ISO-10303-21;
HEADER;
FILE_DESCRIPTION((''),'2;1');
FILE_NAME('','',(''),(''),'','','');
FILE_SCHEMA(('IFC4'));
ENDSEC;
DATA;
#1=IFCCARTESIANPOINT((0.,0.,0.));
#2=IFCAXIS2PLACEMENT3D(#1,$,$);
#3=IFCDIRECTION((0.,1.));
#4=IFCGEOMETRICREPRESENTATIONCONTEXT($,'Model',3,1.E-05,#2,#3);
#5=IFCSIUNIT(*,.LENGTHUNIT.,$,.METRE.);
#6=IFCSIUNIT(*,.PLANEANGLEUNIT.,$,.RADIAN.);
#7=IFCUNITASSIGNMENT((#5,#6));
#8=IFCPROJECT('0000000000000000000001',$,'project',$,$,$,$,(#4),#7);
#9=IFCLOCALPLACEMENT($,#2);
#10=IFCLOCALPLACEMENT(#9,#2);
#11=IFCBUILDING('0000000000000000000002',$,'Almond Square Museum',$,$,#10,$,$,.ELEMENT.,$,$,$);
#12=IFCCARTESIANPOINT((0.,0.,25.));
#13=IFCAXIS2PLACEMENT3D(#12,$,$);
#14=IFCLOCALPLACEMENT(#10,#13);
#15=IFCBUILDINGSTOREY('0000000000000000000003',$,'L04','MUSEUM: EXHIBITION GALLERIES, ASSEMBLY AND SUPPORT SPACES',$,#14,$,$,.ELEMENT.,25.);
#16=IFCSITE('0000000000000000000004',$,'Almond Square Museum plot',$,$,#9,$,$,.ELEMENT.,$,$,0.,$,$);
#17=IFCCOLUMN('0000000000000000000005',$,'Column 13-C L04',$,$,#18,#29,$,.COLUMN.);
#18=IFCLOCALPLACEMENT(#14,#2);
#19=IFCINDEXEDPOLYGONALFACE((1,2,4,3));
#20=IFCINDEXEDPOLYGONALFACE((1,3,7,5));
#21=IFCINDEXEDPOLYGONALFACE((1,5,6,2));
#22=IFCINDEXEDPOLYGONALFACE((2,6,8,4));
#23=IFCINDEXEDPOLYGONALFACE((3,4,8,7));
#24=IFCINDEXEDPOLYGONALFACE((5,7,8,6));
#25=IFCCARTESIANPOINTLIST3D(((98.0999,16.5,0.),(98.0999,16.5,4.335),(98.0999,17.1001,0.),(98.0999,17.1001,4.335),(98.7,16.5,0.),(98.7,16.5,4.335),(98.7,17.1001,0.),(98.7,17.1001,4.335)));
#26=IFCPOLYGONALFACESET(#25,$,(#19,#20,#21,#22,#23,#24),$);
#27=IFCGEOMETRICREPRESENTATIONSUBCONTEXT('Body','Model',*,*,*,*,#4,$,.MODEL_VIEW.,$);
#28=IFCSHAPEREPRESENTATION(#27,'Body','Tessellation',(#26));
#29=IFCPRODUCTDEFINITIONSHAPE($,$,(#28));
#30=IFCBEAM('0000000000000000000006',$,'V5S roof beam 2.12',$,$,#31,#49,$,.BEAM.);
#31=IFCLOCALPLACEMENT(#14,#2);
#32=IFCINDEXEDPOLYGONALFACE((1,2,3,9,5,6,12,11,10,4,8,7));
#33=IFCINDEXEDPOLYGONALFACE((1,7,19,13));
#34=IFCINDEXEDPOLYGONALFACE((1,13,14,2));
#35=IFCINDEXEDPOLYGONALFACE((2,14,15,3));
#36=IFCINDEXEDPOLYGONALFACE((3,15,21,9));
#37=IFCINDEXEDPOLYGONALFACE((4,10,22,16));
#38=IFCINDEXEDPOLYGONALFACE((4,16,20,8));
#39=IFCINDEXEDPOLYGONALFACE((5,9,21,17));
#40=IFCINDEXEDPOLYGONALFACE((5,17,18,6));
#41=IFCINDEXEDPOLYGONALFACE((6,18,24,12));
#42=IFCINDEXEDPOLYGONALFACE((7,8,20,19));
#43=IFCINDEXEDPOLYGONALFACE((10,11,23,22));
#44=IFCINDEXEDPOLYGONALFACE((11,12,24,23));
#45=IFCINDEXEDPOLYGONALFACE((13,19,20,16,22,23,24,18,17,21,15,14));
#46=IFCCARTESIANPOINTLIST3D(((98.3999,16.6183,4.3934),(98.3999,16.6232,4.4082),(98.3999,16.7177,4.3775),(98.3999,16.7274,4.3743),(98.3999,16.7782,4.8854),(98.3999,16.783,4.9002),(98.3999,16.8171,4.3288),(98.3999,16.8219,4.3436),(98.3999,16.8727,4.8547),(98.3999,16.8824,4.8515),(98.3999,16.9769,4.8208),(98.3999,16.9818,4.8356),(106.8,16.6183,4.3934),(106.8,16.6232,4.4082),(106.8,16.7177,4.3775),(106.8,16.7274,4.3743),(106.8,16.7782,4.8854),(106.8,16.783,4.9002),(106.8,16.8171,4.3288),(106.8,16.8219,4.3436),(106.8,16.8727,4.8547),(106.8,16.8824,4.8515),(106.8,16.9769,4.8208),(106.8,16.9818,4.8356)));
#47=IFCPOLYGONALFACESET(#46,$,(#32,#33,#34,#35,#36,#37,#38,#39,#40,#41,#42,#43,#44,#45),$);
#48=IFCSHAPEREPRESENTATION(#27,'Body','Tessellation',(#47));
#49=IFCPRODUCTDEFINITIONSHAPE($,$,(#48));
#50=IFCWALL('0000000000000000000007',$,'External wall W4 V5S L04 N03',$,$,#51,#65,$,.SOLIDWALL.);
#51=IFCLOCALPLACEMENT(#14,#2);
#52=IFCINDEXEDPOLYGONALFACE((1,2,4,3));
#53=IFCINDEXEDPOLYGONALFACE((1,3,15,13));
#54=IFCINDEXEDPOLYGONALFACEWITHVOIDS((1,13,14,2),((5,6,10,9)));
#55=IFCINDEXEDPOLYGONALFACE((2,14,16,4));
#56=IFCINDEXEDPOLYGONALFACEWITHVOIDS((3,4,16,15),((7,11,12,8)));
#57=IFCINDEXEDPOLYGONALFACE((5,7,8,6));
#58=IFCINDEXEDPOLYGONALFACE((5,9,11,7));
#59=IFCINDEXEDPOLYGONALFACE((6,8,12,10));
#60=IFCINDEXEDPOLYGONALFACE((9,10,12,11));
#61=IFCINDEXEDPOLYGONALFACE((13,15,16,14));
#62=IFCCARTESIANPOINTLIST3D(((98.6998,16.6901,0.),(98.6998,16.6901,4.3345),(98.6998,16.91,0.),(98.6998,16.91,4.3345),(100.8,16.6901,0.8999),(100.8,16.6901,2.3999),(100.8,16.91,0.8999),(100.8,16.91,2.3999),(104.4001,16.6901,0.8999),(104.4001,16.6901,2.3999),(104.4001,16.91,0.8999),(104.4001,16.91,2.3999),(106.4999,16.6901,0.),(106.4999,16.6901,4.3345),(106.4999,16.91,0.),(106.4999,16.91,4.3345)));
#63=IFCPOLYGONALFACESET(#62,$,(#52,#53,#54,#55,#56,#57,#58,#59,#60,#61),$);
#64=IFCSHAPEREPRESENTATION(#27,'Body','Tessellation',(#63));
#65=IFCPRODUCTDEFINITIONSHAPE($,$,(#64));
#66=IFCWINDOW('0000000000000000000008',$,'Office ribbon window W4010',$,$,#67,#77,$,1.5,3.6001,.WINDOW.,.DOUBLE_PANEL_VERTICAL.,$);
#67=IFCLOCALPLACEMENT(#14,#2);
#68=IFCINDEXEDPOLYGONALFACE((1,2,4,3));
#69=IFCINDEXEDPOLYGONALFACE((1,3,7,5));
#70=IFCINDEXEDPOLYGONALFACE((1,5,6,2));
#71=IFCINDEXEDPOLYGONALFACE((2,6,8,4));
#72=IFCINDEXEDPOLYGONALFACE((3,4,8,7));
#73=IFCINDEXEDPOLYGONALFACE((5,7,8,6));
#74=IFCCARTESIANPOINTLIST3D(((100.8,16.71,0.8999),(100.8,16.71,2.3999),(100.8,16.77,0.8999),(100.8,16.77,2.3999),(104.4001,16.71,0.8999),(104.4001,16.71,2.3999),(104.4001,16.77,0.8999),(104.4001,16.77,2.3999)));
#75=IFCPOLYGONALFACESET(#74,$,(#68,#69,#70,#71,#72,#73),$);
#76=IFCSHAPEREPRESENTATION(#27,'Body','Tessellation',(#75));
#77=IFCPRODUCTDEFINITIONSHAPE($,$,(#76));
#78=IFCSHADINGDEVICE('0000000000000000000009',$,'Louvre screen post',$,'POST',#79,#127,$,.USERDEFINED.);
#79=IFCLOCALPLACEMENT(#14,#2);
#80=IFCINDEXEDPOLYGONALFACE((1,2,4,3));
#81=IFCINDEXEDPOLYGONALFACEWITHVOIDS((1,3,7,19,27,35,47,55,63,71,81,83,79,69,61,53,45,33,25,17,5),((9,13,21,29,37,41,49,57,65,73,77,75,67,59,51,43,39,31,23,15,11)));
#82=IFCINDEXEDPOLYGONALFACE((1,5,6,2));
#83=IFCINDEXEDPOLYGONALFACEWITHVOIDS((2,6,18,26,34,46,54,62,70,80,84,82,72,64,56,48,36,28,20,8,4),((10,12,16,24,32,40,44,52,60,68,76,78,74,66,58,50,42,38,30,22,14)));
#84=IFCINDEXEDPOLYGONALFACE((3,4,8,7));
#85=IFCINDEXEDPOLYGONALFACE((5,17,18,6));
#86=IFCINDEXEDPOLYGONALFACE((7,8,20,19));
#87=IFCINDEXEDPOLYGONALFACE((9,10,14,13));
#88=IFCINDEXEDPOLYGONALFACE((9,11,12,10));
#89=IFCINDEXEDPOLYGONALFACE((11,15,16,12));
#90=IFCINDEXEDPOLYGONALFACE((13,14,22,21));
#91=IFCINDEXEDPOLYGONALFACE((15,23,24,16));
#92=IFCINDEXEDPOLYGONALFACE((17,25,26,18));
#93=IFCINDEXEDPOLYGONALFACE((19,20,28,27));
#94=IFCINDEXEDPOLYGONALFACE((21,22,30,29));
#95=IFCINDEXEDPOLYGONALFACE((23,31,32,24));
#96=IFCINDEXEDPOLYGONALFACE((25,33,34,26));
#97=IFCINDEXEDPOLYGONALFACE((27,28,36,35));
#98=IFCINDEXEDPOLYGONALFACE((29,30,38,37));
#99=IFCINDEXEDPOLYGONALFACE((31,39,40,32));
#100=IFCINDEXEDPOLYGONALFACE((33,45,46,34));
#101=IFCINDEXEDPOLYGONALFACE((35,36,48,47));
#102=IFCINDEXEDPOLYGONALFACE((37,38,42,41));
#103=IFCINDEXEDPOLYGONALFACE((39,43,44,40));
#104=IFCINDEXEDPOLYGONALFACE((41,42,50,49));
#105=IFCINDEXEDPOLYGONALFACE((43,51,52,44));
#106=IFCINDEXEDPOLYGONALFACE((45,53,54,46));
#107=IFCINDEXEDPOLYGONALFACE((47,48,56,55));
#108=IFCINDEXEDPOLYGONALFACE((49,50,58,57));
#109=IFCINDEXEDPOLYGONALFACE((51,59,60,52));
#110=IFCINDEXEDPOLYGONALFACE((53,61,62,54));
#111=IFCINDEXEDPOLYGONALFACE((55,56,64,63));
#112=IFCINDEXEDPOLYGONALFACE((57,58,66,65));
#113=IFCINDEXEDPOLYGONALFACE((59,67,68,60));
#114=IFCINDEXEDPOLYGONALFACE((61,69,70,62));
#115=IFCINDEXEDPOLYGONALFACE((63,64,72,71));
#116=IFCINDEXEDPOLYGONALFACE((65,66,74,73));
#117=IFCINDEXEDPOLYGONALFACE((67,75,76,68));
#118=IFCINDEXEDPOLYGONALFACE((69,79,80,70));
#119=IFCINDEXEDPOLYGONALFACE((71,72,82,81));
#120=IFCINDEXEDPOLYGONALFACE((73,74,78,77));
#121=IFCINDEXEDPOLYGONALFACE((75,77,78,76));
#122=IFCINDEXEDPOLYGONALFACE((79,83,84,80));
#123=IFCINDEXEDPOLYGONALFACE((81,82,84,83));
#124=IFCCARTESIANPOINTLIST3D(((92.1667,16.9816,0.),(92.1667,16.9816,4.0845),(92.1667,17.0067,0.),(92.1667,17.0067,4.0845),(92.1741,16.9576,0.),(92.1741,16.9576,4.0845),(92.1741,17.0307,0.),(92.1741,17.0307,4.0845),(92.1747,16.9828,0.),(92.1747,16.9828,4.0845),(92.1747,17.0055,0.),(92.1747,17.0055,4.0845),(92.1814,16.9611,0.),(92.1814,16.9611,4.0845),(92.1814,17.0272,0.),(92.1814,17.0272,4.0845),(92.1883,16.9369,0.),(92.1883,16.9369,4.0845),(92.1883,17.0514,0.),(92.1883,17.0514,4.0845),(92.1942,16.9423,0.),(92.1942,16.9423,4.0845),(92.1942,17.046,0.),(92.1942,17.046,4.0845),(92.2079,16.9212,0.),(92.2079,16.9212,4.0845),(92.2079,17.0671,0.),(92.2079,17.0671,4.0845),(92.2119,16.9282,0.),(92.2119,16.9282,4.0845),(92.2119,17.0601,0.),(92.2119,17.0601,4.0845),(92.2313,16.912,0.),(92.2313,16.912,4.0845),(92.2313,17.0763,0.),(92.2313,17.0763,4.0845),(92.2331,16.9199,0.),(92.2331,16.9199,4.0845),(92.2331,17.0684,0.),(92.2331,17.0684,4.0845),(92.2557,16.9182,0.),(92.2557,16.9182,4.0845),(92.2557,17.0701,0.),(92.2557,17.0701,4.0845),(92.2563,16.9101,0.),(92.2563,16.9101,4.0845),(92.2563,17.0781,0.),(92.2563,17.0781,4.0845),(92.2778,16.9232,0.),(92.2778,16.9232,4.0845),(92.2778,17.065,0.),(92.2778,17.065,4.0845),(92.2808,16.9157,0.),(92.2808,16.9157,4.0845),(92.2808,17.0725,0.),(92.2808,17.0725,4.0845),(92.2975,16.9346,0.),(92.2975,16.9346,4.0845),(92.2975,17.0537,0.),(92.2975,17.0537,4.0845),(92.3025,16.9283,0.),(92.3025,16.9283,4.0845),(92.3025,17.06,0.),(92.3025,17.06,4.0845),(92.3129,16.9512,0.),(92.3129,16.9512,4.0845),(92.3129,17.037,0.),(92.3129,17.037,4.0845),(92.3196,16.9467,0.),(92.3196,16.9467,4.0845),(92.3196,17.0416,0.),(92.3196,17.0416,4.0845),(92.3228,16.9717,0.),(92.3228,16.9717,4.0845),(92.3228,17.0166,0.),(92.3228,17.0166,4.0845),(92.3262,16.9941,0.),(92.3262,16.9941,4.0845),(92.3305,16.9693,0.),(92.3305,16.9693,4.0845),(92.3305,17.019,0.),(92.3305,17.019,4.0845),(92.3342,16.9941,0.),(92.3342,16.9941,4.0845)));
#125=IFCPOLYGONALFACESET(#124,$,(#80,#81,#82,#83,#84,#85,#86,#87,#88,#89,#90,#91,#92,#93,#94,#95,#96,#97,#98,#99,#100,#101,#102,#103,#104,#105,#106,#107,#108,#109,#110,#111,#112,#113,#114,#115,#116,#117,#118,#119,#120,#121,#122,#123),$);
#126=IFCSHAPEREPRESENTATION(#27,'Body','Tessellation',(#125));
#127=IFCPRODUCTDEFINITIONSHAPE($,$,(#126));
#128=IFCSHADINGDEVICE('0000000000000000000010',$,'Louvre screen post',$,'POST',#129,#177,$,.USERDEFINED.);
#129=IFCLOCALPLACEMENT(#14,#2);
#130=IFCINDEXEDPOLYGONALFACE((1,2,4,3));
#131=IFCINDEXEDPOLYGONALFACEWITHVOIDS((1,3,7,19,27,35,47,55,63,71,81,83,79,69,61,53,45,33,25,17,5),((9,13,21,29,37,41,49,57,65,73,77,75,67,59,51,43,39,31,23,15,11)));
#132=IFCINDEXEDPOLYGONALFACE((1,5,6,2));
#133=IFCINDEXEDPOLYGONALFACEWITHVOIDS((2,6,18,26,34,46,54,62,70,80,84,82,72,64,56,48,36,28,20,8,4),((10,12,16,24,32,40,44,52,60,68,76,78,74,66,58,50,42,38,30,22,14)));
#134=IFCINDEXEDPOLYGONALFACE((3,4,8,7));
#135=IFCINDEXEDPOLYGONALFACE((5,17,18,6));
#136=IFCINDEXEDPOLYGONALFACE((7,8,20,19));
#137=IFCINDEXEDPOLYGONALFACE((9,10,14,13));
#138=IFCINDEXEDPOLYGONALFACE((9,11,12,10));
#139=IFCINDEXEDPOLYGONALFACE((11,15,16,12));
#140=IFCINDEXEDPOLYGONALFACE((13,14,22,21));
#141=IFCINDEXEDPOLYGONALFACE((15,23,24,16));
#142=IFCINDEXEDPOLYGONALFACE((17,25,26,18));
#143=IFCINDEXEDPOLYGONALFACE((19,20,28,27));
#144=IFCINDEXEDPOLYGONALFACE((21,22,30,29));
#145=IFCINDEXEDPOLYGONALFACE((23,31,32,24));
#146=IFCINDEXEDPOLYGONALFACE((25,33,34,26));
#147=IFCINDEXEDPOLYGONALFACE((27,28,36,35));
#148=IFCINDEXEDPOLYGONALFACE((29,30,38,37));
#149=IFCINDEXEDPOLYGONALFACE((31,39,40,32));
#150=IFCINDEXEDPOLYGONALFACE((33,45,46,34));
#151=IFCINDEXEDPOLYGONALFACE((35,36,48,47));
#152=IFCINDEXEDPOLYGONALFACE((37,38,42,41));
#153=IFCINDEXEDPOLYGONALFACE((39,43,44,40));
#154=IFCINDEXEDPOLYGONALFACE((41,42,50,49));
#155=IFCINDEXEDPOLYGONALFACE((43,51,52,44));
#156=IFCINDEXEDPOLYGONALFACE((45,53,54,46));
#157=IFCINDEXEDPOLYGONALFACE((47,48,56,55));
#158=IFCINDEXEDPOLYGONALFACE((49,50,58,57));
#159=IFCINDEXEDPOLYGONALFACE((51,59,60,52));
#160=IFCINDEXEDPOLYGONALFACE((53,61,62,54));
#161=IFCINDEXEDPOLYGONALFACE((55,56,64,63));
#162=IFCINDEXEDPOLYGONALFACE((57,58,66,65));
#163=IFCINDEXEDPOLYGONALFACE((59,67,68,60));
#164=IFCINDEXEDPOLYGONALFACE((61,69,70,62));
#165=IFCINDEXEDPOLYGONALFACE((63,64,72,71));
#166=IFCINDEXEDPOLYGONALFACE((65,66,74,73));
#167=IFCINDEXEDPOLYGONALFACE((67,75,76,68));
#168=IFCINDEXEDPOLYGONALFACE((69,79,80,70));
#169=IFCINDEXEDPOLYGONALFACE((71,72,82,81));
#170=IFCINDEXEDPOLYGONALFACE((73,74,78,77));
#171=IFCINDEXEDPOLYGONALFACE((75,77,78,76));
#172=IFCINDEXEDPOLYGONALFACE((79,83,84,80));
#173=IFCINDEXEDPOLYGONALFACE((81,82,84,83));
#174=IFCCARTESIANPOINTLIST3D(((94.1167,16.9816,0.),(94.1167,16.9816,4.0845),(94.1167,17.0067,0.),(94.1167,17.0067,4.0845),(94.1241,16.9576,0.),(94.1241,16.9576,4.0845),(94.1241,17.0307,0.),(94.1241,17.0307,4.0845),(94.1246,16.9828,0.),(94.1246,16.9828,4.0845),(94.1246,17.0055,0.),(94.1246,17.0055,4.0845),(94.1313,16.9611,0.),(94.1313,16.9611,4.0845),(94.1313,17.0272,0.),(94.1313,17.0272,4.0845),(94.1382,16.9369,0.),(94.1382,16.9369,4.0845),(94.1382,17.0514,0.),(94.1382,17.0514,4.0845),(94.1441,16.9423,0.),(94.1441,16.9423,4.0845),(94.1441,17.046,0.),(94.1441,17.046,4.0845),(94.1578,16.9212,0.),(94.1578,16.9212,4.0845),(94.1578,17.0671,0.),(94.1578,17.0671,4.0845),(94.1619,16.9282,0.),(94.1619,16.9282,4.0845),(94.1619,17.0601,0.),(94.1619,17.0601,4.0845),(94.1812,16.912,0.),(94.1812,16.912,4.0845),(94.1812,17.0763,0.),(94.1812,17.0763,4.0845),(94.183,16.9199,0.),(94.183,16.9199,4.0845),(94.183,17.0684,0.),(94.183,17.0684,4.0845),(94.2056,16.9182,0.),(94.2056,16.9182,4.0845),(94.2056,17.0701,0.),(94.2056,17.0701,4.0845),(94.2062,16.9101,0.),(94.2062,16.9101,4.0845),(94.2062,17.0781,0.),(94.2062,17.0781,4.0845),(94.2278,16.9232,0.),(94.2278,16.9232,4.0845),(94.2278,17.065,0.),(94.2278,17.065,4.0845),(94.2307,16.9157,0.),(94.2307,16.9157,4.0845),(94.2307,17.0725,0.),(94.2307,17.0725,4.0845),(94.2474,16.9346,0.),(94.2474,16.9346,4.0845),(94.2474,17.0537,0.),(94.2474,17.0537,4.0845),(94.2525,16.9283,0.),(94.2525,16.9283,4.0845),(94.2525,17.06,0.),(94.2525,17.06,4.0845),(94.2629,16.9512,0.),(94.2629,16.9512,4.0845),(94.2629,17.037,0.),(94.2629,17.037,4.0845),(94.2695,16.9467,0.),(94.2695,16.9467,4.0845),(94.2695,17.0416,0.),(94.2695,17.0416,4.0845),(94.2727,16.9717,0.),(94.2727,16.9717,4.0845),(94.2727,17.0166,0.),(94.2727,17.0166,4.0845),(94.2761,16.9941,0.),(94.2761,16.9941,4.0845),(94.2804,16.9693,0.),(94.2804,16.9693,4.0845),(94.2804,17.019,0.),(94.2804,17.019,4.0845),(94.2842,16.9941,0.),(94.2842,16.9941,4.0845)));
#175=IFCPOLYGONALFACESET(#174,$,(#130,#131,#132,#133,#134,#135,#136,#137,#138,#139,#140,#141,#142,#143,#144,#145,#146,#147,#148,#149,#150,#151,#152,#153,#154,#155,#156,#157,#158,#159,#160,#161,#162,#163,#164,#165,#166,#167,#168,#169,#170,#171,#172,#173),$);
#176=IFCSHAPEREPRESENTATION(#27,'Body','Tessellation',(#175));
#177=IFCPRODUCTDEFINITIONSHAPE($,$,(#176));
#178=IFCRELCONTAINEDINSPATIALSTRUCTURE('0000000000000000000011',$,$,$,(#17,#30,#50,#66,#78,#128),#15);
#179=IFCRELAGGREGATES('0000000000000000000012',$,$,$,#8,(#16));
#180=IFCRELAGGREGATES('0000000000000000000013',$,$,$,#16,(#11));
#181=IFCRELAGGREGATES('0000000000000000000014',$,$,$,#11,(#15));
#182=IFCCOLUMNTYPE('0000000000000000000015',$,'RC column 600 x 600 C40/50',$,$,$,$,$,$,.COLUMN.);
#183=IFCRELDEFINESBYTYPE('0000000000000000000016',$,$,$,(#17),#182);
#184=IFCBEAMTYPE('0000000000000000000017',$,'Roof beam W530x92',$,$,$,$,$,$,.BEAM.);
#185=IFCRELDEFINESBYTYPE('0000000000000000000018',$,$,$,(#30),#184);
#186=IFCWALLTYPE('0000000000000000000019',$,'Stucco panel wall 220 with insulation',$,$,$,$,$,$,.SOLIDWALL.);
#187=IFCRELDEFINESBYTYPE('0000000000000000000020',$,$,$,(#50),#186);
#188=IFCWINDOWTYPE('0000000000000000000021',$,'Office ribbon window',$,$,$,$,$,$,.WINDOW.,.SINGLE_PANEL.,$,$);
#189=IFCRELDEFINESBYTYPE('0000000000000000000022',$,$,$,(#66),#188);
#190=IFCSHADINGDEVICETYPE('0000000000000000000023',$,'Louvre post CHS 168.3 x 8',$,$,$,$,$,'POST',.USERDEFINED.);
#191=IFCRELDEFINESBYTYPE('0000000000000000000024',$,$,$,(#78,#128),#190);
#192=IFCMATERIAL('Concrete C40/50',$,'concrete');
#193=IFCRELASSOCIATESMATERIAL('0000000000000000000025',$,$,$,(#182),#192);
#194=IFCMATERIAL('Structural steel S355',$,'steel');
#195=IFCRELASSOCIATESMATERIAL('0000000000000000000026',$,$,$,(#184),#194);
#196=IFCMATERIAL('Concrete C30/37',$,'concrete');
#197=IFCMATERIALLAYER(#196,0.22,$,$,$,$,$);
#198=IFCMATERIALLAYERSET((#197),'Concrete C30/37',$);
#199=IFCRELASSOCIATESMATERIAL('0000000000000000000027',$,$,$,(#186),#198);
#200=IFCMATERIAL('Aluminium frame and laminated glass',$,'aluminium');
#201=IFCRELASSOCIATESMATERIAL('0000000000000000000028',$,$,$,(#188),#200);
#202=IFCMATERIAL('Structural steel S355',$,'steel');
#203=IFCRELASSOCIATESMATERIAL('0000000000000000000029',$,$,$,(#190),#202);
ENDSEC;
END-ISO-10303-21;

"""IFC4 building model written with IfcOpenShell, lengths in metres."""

from ifc_helpers import new_model, si_unit, direction, frame, frame_2d, origin, origin_2d, place, context, subcontext, project, spatial, rectangle, hollow_circle, i_section, extrude, material, layer, layer_set, material_profile, profile_set, type_object, element, fill, save


model = new_model("IFC4")

# Units and contexts
model_context = context("Model", 3, precision=1e-05, world=origin(), true_north=direction((0.0, 1.0)))
body_context = subcontext(model_context, "Body", "Model", "MODEL_VIEW")
ifc_project = project(units=[si_unit("LENGTHUNIT", "METRE"), si_unit("PLANEANGLEUNIT", "RADIAN")], contexts=[model_context])

# Site, building, storey
site_placement = place(None, origin())
site = spatial("IfcSite", under=ifc_project, at=site_placement, Name="Almond Square Museum plot", CompositionType="ELEMENT", RefElevation=0.0)
building_placement = place(site_placement, origin())
building = spatial("IfcBuilding", under=site, at=building_placement, Name="Almond Square Museum", CompositionType="ELEMENT")
storey_placement = place(building_placement, frame((0.0, 0.0, 25.0)))
storey = spatial("IfcBuildingStorey", under=building, at=storey_placement, Name="L04", Description="MUSEUM: EXHIBITION GALLERIES, ASSEMBLY AND SUPPORT SPACES", CompositionType="ELEMENT", Elevation=25.0)

# Column
ifc_material_1 = material(Name="Concrete C40/50", Category="concrete")
ifc_material_profile_1 = material_profile(ifc_material_1, rectangle(XDim=0.6001, YDim=0.6001, at=origin_2d()))
ifc_profile_set_1 = profile_set([ifc_material_profile_1], Name="Concrete C40/50")
column_type = type_object("IfcColumnType", Name="RC column 600 x 600 C40/50", PredefinedType="COLUMN", material=ifc_profile_set_1)
column_placement = place(storey_placement, frame((98.3999, 16.8, 0.0), z_axis=(0.0, 0.0, 1.0), x_axis=(1.0, 0.0, 0.0)))
element("IfcColumn", 1, at=column_placement, inside=storey, type_object=column_type, Name="Column 13-C L04", PredefinedType="COLUMN", context=body_context, shape_type="SweptSolid", body=[
    extrude(rectangle(XDim=0.6001, YDim=0.6001, at=origin_2d()), origin(), (0.0, 0.0, 1.0), 4.335),
])

# Beam
ifc_material_2 = material(Name="Structural steel S355", Category="steel")
ifc_material_profile_2 = material_profile(ifc_material_2, i_section(OverallWidth=0.209, OverallDepth=0.533, WebThickness=0.0103, FlangeThickness=0.0156, at=origin_2d()))
ifc_profile_set_2 = profile_set([ifc_material_profile_2], Name="Structural steel S355")
beam_type = type_object("IfcBeamType", Name="Roof beam W530x92", PredefinedType="BEAM", material=ifc_profile_set_2)
beam_placement = place(storey_placement, frame((98.3999, 16.8, 4.6145), z_axis=(1.0, 0.0, 0.0), x_axis=(0.0, 0.951057, -0.309017)))
element("IfcBeam", 2, at=beam_placement, inside=storey, type_object=beam_type, Name="V5S roof beam 2.12", PredefinedType="BEAM", context=body_context, shape_type="SweptSolid", body=[
    extrude(i_section(OverallWidth=0.209, OverallDepth=0.533, WebThickness=0.0103, FlangeThickness=0.0156, at=origin_2d()), origin(), (0.0, 0.0, 1.0), 8.4001),
])

# Wall, opening, window
ifc_material_3 = material(Name="Concrete C30/37", Category="concrete")
ifc_layer = layer(ifc_material_3, 0.22)
ifc_layer_set = layer_set([ifc_layer], Name="Concrete C30/37")
wall_type = type_object("IfcWallType", Name="Stucco panel wall 220 with insulation", PredefinedType="SOLIDWALL", material=ifc_layer_set)
wall_placement = place(storey_placement, frame((98.7, 16.8, 0.0), z_axis=(0.0, 0.0, 1.0), x_axis=(1.0, 0.0, 0.0)))
wall = element("IfcWall", 3, at=wall_placement, inside=storey, type_object=wall_type, Name="External wall W4 V5S L04 N03", PredefinedType="SOLIDWALL", context=body_context, shape_type="SweptSolid", body=[
    extrude(rectangle(XDim=7.8, YDim=0.22, at=frame_2d((3.8999, 0.0))), origin(), (0.0, 0.0, 1.0), 4.3345),
])
opening_placement = place(wall_placement, frame((2.1001, 0.0, 0.8999)))
opening = element("IfcOpeningElement", 4, at=opening_placement, cuts=wall, PredefinedType="OPENING", context=body_context, shape_type="SweptSolid", body=[
    extrude(rectangle(XDim=3.6001, YDim=1.5, at=frame_2d((1.8, 0.75))), frame((0.0, 0.1199, 0.0), z_axis=(0.0, -1.0, 0.0), x_axis=(1.0, 0.0, 0.0)), (0.0, 0.0, 1.0), 0.24),
])
ifc_material_4 = material(Name="Aluminium frame and laminated glass", Category="aluminium")
window_type = type_object("IfcWindowType", Name="Office ribbon window", PartitioningType="SINGLE_PANEL", PredefinedType="WINDOW", material=ifc_material_4)
window_placement = place(opening_placement, origin())
window = element("IfcWindow", 5, at=window_placement, inside=storey, type_object=window_type, Name="Office ribbon window W4010", OverallHeight=1.5, OverallWidth=3.6001, PartitioningType="DOUBLE_PANEL_VERTICAL", PredefinedType="WINDOW", context=body_context, shape_type="SweptSolid", body=[
    extrude(rectangle(XDim=3.6001, YDim=1.5, at=frame_2d((1.8, 0.75))), frame((0.0, -0.03, 0.0), z_axis=(0.0, -1.0, 0.0), x_axis=(1.0, 0.0, 0.0)), (0.0, 0.0, 1.0), 0.0601),
])
fill(opening, window)

# Shading devices
ifc_material_5 = material(Name="Structural steel S355", Category="steel")
ifc_material_profile_3 = material_profile(ifc_material_5, hollow_circle(Radius=0.0842, WallThickness=0.0081, at=origin_2d()))
ifc_profile_set_3 = profile_set([ifc_material_profile_3], Name="Structural steel S355")
shading_device_type = type_object("IfcShadingDeviceType", Name="Louvre post CHS 168.3 x 8", ElementType="POST", PredefinedType="USERDEFINED", material=ifc_profile_set_3)
for number, where, z_axis, x_axis, name in (
    (6, (92.25, 16.9941, 0.0), (0.0, 0.0, 1.0), (1.0, 0.0, 0.0), "Louvre screen post"),
    (7, (94.2, 16.9941, 0.0), (0.0, 0.0, 1.0), (1.0, 0.0, 0.0), "Louvre screen post"),
):
    element("IfcShadingDevice", number, at=place(storey_placement, frame(where, z_axis=z_axis, x_axis=x_axis)), inside=storey, type_object=shading_device_type, Name=name, ObjectType="POST", PredefinedType="USERDEFINED", context=body_context, shape_type="SweptSolid", body=[
        extrude(hollow_circle(Radius=0.0842, WallThickness=0.0081, at=origin_2d()), origin(), (0.0, 0.0, 1.0), 4.0845),
    ])

save(model, "model.ifc")
